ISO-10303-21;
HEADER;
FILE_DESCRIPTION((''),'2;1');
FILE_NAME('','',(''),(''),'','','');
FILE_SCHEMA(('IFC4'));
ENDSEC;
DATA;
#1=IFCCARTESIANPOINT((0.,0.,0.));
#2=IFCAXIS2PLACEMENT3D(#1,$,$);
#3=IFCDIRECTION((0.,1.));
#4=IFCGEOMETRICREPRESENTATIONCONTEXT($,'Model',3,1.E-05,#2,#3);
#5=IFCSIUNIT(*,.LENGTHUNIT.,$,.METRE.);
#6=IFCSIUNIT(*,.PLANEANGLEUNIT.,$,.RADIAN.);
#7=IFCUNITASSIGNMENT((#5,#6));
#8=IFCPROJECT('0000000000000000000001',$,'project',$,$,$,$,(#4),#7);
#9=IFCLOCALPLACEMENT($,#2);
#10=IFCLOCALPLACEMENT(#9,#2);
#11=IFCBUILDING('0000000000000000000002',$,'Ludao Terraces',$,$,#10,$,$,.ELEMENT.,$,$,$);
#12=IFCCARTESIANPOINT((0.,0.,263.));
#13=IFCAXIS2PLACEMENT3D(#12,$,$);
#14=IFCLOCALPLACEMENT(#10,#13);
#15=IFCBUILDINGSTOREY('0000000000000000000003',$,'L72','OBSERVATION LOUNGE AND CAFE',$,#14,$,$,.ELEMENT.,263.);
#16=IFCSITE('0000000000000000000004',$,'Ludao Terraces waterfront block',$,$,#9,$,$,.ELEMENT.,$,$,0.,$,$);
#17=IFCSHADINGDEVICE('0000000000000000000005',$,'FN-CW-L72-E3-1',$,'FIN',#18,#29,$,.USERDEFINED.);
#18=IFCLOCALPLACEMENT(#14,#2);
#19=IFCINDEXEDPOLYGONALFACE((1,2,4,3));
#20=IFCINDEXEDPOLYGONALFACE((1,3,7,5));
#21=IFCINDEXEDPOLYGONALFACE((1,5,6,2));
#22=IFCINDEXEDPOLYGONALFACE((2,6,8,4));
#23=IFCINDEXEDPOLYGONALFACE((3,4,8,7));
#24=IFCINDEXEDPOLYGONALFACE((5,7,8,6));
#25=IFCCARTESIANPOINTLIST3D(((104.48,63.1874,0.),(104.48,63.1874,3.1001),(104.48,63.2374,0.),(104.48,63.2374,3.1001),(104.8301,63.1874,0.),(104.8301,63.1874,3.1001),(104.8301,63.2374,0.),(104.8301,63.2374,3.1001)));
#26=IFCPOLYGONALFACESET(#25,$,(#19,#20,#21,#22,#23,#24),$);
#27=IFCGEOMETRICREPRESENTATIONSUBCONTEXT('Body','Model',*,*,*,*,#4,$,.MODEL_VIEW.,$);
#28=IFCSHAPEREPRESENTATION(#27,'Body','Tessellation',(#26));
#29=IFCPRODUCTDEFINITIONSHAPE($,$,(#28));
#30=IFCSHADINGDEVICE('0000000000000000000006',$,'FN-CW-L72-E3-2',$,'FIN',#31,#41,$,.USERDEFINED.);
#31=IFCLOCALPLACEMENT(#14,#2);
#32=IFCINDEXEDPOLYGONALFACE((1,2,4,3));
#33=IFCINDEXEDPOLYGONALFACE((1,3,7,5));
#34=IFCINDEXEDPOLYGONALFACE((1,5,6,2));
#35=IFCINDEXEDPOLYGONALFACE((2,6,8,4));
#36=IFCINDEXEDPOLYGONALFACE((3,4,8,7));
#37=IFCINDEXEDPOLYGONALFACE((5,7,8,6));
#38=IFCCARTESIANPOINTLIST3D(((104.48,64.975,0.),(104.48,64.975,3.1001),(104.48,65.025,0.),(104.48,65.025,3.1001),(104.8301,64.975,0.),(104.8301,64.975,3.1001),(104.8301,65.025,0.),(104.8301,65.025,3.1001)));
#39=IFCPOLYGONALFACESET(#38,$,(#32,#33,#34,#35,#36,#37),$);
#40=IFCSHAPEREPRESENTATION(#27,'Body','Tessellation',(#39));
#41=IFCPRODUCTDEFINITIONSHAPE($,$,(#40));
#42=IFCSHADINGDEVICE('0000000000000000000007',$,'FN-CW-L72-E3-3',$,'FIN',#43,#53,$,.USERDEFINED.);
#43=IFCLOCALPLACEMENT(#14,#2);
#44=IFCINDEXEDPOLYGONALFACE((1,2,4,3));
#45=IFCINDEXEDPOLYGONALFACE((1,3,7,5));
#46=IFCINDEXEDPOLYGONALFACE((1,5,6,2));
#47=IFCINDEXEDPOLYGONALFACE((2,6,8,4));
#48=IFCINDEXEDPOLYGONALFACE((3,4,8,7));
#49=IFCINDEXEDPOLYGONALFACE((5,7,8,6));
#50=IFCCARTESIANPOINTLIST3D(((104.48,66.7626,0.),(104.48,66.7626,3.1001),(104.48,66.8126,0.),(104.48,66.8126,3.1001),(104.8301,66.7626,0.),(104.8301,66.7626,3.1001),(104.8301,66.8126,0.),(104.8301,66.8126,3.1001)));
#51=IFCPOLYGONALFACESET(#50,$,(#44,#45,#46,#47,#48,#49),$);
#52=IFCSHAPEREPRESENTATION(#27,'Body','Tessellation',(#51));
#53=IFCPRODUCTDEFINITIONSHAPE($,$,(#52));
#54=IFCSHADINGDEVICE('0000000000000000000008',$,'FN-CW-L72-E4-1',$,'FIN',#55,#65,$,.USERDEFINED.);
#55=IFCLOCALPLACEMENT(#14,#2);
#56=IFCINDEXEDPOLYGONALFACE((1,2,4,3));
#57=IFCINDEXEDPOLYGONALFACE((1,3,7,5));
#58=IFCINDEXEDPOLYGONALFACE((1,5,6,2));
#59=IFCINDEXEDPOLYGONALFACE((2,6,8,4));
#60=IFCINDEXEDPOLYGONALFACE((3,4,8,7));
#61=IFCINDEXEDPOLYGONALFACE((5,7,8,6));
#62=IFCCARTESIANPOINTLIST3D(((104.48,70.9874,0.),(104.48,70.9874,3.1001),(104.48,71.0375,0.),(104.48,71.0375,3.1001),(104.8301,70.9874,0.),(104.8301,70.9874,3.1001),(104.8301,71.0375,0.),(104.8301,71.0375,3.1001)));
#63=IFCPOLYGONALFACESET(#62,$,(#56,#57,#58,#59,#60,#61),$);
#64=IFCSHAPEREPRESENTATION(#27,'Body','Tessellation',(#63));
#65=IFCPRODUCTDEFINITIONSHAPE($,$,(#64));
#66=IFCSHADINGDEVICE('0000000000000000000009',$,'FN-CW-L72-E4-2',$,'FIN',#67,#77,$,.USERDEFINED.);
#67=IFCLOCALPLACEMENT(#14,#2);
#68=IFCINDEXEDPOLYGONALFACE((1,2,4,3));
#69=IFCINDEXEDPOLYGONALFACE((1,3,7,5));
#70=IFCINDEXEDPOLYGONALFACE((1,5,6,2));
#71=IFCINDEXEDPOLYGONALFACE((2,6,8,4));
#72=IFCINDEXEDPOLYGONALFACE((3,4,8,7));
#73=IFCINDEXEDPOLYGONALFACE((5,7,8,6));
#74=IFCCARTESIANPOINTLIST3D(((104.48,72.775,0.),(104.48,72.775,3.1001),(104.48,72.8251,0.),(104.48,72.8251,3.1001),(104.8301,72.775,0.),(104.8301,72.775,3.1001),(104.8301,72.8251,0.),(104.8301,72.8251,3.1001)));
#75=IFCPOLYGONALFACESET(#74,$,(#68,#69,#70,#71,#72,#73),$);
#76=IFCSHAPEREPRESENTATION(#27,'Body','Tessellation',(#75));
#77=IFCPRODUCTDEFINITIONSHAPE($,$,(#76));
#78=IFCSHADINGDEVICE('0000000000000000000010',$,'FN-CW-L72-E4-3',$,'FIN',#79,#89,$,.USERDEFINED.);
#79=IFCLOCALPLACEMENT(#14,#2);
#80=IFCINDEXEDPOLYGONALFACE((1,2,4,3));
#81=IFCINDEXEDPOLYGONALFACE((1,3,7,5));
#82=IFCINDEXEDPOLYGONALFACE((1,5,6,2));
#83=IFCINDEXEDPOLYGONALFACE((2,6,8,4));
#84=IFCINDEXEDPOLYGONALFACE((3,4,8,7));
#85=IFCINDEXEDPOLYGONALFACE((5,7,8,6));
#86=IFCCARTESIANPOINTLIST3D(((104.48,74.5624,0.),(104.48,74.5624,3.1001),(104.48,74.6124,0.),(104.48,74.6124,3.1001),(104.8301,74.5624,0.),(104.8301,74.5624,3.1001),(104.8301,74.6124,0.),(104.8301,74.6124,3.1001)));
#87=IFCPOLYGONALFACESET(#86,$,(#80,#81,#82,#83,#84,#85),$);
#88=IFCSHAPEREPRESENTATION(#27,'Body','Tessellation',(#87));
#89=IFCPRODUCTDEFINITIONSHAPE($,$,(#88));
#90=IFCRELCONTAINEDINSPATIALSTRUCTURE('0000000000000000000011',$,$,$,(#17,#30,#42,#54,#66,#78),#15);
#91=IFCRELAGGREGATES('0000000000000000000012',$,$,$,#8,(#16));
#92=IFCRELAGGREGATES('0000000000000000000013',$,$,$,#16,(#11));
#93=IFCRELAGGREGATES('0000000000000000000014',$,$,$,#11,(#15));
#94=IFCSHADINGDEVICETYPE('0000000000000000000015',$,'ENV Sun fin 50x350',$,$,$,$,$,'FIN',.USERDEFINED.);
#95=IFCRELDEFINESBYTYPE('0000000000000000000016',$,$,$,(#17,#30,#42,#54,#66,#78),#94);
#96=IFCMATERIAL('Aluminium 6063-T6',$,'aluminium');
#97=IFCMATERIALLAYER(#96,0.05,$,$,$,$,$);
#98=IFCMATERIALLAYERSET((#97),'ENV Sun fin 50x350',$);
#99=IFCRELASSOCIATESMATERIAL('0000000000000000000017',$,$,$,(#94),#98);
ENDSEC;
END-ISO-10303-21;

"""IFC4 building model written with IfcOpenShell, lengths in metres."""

from ifc_helpers import new_model, si_unit, direction, frame, origin, origin_2d, place, context, subcontext, project, spatial, rectangle, extrude, material, layer, layer_set, type_object, element, save


model = new_model("IFC4")

# Units and contexts
model_context = context("Model", 3, precision=1e-05, world=origin(), true_north=direction((0.0, 1.0)))
body_context = subcontext(model_context, "Body", "Model", "MODEL_VIEW")
ifc_project = project(units=[si_unit("LENGTHUNIT", "METRE"), si_unit("PLANEANGLEUNIT", "RADIAN")], contexts=[model_context])

# Site, building, storey
site_placement = place(None, origin())
site = spatial("IfcSite", under=ifc_project, at=site_placement, Name="Ludao Terraces waterfront block", CompositionType="ELEMENT", RefElevation=0.0)
building_placement = place(site_placement, origin())
building = spatial("IfcBuilding", under=site, at=building_placement, Name="Ludao Terraces", CompositionType="ELEMENT")
storey_placement = place(building_placement, frame((0.0, 0.0, 263.0)))
storey = spatial("IfcBuildingStorey", under=building, at=storey_placement, Name="L72", Description="OBSERVATION LOUNGE AND CAFE", CompositionType="ELEMENT", Elevation=263.0)

# Shared definitions
ifc_material_1 = material(Name="Aluminium 6063-T6", Category="aluminium")

# Shading devices
ifc_layer_1 = layer(ifc_material_1, 0.05)
ifc_layer_set_1 = layer_set([ifc_layer_1], Name="ENV Sun fin 50x350")
shading_device_type = type_object("IfcShadingDeviceType", Name="ENV Sun fin 50x350", ElementType="FIN", PredefinedType="USERDEFINED", material=ifc_layer_set_1)
for number, where, z_axis, x_axis, name in (
    (1, (104.655, 63.2124, 0.0), (0.0, 0.0, 1.0), (1.0, 0.0, 0.0), "FN-CW-L72-E3-1"),
    (2, (104.655, 65.0, 0.0), (0.0, 0.0, 1.0), (1.0, 0.0, 0.0), "FN-CW-L72-E3-2"),
    (3, (104.655, 66.7876, 0.0), (0.0, 0.0, 1.0), (1.0, 0.0, 0.0), "FN-CW-L72-E3-3"),
    (4, (104.655, 71.0125, 0.0), (0.0, 0.0, 1.0), (1.0, 0.0, 0.0), "FN-CW-L72-E4-1"),
    (5, (104.655, 72.8, 0.0), (0.0, 0.0, 1.0), (1.0, 0.0, 0.0), "FN-CW-L72-E4-2"),
    (6, (104.655, 74.5874, 0.0), (0.0, 0.0, 1.0), (1.0, 0.0, 0.0), "FN-CW-L72-E4-3"),
):
    element("IfcShadingDevice", number, at=place(storey_placement, frame(where, z_axis=z_axis, x_axis=x_axis)), inside=storey, type_object=shading_device_type, Name=name, ObjectType="FIN", PredefinedType="USERDEFINED", context=body_context, shape_type="SweptSolid", body=[
        extrude(rectangle(XDim=0.3501, YDim=0.05, at=origin_2d()), origin(), (0.0, 0.0, 1.0), 3.1001),
    ])

save(model, "model.ifc")
